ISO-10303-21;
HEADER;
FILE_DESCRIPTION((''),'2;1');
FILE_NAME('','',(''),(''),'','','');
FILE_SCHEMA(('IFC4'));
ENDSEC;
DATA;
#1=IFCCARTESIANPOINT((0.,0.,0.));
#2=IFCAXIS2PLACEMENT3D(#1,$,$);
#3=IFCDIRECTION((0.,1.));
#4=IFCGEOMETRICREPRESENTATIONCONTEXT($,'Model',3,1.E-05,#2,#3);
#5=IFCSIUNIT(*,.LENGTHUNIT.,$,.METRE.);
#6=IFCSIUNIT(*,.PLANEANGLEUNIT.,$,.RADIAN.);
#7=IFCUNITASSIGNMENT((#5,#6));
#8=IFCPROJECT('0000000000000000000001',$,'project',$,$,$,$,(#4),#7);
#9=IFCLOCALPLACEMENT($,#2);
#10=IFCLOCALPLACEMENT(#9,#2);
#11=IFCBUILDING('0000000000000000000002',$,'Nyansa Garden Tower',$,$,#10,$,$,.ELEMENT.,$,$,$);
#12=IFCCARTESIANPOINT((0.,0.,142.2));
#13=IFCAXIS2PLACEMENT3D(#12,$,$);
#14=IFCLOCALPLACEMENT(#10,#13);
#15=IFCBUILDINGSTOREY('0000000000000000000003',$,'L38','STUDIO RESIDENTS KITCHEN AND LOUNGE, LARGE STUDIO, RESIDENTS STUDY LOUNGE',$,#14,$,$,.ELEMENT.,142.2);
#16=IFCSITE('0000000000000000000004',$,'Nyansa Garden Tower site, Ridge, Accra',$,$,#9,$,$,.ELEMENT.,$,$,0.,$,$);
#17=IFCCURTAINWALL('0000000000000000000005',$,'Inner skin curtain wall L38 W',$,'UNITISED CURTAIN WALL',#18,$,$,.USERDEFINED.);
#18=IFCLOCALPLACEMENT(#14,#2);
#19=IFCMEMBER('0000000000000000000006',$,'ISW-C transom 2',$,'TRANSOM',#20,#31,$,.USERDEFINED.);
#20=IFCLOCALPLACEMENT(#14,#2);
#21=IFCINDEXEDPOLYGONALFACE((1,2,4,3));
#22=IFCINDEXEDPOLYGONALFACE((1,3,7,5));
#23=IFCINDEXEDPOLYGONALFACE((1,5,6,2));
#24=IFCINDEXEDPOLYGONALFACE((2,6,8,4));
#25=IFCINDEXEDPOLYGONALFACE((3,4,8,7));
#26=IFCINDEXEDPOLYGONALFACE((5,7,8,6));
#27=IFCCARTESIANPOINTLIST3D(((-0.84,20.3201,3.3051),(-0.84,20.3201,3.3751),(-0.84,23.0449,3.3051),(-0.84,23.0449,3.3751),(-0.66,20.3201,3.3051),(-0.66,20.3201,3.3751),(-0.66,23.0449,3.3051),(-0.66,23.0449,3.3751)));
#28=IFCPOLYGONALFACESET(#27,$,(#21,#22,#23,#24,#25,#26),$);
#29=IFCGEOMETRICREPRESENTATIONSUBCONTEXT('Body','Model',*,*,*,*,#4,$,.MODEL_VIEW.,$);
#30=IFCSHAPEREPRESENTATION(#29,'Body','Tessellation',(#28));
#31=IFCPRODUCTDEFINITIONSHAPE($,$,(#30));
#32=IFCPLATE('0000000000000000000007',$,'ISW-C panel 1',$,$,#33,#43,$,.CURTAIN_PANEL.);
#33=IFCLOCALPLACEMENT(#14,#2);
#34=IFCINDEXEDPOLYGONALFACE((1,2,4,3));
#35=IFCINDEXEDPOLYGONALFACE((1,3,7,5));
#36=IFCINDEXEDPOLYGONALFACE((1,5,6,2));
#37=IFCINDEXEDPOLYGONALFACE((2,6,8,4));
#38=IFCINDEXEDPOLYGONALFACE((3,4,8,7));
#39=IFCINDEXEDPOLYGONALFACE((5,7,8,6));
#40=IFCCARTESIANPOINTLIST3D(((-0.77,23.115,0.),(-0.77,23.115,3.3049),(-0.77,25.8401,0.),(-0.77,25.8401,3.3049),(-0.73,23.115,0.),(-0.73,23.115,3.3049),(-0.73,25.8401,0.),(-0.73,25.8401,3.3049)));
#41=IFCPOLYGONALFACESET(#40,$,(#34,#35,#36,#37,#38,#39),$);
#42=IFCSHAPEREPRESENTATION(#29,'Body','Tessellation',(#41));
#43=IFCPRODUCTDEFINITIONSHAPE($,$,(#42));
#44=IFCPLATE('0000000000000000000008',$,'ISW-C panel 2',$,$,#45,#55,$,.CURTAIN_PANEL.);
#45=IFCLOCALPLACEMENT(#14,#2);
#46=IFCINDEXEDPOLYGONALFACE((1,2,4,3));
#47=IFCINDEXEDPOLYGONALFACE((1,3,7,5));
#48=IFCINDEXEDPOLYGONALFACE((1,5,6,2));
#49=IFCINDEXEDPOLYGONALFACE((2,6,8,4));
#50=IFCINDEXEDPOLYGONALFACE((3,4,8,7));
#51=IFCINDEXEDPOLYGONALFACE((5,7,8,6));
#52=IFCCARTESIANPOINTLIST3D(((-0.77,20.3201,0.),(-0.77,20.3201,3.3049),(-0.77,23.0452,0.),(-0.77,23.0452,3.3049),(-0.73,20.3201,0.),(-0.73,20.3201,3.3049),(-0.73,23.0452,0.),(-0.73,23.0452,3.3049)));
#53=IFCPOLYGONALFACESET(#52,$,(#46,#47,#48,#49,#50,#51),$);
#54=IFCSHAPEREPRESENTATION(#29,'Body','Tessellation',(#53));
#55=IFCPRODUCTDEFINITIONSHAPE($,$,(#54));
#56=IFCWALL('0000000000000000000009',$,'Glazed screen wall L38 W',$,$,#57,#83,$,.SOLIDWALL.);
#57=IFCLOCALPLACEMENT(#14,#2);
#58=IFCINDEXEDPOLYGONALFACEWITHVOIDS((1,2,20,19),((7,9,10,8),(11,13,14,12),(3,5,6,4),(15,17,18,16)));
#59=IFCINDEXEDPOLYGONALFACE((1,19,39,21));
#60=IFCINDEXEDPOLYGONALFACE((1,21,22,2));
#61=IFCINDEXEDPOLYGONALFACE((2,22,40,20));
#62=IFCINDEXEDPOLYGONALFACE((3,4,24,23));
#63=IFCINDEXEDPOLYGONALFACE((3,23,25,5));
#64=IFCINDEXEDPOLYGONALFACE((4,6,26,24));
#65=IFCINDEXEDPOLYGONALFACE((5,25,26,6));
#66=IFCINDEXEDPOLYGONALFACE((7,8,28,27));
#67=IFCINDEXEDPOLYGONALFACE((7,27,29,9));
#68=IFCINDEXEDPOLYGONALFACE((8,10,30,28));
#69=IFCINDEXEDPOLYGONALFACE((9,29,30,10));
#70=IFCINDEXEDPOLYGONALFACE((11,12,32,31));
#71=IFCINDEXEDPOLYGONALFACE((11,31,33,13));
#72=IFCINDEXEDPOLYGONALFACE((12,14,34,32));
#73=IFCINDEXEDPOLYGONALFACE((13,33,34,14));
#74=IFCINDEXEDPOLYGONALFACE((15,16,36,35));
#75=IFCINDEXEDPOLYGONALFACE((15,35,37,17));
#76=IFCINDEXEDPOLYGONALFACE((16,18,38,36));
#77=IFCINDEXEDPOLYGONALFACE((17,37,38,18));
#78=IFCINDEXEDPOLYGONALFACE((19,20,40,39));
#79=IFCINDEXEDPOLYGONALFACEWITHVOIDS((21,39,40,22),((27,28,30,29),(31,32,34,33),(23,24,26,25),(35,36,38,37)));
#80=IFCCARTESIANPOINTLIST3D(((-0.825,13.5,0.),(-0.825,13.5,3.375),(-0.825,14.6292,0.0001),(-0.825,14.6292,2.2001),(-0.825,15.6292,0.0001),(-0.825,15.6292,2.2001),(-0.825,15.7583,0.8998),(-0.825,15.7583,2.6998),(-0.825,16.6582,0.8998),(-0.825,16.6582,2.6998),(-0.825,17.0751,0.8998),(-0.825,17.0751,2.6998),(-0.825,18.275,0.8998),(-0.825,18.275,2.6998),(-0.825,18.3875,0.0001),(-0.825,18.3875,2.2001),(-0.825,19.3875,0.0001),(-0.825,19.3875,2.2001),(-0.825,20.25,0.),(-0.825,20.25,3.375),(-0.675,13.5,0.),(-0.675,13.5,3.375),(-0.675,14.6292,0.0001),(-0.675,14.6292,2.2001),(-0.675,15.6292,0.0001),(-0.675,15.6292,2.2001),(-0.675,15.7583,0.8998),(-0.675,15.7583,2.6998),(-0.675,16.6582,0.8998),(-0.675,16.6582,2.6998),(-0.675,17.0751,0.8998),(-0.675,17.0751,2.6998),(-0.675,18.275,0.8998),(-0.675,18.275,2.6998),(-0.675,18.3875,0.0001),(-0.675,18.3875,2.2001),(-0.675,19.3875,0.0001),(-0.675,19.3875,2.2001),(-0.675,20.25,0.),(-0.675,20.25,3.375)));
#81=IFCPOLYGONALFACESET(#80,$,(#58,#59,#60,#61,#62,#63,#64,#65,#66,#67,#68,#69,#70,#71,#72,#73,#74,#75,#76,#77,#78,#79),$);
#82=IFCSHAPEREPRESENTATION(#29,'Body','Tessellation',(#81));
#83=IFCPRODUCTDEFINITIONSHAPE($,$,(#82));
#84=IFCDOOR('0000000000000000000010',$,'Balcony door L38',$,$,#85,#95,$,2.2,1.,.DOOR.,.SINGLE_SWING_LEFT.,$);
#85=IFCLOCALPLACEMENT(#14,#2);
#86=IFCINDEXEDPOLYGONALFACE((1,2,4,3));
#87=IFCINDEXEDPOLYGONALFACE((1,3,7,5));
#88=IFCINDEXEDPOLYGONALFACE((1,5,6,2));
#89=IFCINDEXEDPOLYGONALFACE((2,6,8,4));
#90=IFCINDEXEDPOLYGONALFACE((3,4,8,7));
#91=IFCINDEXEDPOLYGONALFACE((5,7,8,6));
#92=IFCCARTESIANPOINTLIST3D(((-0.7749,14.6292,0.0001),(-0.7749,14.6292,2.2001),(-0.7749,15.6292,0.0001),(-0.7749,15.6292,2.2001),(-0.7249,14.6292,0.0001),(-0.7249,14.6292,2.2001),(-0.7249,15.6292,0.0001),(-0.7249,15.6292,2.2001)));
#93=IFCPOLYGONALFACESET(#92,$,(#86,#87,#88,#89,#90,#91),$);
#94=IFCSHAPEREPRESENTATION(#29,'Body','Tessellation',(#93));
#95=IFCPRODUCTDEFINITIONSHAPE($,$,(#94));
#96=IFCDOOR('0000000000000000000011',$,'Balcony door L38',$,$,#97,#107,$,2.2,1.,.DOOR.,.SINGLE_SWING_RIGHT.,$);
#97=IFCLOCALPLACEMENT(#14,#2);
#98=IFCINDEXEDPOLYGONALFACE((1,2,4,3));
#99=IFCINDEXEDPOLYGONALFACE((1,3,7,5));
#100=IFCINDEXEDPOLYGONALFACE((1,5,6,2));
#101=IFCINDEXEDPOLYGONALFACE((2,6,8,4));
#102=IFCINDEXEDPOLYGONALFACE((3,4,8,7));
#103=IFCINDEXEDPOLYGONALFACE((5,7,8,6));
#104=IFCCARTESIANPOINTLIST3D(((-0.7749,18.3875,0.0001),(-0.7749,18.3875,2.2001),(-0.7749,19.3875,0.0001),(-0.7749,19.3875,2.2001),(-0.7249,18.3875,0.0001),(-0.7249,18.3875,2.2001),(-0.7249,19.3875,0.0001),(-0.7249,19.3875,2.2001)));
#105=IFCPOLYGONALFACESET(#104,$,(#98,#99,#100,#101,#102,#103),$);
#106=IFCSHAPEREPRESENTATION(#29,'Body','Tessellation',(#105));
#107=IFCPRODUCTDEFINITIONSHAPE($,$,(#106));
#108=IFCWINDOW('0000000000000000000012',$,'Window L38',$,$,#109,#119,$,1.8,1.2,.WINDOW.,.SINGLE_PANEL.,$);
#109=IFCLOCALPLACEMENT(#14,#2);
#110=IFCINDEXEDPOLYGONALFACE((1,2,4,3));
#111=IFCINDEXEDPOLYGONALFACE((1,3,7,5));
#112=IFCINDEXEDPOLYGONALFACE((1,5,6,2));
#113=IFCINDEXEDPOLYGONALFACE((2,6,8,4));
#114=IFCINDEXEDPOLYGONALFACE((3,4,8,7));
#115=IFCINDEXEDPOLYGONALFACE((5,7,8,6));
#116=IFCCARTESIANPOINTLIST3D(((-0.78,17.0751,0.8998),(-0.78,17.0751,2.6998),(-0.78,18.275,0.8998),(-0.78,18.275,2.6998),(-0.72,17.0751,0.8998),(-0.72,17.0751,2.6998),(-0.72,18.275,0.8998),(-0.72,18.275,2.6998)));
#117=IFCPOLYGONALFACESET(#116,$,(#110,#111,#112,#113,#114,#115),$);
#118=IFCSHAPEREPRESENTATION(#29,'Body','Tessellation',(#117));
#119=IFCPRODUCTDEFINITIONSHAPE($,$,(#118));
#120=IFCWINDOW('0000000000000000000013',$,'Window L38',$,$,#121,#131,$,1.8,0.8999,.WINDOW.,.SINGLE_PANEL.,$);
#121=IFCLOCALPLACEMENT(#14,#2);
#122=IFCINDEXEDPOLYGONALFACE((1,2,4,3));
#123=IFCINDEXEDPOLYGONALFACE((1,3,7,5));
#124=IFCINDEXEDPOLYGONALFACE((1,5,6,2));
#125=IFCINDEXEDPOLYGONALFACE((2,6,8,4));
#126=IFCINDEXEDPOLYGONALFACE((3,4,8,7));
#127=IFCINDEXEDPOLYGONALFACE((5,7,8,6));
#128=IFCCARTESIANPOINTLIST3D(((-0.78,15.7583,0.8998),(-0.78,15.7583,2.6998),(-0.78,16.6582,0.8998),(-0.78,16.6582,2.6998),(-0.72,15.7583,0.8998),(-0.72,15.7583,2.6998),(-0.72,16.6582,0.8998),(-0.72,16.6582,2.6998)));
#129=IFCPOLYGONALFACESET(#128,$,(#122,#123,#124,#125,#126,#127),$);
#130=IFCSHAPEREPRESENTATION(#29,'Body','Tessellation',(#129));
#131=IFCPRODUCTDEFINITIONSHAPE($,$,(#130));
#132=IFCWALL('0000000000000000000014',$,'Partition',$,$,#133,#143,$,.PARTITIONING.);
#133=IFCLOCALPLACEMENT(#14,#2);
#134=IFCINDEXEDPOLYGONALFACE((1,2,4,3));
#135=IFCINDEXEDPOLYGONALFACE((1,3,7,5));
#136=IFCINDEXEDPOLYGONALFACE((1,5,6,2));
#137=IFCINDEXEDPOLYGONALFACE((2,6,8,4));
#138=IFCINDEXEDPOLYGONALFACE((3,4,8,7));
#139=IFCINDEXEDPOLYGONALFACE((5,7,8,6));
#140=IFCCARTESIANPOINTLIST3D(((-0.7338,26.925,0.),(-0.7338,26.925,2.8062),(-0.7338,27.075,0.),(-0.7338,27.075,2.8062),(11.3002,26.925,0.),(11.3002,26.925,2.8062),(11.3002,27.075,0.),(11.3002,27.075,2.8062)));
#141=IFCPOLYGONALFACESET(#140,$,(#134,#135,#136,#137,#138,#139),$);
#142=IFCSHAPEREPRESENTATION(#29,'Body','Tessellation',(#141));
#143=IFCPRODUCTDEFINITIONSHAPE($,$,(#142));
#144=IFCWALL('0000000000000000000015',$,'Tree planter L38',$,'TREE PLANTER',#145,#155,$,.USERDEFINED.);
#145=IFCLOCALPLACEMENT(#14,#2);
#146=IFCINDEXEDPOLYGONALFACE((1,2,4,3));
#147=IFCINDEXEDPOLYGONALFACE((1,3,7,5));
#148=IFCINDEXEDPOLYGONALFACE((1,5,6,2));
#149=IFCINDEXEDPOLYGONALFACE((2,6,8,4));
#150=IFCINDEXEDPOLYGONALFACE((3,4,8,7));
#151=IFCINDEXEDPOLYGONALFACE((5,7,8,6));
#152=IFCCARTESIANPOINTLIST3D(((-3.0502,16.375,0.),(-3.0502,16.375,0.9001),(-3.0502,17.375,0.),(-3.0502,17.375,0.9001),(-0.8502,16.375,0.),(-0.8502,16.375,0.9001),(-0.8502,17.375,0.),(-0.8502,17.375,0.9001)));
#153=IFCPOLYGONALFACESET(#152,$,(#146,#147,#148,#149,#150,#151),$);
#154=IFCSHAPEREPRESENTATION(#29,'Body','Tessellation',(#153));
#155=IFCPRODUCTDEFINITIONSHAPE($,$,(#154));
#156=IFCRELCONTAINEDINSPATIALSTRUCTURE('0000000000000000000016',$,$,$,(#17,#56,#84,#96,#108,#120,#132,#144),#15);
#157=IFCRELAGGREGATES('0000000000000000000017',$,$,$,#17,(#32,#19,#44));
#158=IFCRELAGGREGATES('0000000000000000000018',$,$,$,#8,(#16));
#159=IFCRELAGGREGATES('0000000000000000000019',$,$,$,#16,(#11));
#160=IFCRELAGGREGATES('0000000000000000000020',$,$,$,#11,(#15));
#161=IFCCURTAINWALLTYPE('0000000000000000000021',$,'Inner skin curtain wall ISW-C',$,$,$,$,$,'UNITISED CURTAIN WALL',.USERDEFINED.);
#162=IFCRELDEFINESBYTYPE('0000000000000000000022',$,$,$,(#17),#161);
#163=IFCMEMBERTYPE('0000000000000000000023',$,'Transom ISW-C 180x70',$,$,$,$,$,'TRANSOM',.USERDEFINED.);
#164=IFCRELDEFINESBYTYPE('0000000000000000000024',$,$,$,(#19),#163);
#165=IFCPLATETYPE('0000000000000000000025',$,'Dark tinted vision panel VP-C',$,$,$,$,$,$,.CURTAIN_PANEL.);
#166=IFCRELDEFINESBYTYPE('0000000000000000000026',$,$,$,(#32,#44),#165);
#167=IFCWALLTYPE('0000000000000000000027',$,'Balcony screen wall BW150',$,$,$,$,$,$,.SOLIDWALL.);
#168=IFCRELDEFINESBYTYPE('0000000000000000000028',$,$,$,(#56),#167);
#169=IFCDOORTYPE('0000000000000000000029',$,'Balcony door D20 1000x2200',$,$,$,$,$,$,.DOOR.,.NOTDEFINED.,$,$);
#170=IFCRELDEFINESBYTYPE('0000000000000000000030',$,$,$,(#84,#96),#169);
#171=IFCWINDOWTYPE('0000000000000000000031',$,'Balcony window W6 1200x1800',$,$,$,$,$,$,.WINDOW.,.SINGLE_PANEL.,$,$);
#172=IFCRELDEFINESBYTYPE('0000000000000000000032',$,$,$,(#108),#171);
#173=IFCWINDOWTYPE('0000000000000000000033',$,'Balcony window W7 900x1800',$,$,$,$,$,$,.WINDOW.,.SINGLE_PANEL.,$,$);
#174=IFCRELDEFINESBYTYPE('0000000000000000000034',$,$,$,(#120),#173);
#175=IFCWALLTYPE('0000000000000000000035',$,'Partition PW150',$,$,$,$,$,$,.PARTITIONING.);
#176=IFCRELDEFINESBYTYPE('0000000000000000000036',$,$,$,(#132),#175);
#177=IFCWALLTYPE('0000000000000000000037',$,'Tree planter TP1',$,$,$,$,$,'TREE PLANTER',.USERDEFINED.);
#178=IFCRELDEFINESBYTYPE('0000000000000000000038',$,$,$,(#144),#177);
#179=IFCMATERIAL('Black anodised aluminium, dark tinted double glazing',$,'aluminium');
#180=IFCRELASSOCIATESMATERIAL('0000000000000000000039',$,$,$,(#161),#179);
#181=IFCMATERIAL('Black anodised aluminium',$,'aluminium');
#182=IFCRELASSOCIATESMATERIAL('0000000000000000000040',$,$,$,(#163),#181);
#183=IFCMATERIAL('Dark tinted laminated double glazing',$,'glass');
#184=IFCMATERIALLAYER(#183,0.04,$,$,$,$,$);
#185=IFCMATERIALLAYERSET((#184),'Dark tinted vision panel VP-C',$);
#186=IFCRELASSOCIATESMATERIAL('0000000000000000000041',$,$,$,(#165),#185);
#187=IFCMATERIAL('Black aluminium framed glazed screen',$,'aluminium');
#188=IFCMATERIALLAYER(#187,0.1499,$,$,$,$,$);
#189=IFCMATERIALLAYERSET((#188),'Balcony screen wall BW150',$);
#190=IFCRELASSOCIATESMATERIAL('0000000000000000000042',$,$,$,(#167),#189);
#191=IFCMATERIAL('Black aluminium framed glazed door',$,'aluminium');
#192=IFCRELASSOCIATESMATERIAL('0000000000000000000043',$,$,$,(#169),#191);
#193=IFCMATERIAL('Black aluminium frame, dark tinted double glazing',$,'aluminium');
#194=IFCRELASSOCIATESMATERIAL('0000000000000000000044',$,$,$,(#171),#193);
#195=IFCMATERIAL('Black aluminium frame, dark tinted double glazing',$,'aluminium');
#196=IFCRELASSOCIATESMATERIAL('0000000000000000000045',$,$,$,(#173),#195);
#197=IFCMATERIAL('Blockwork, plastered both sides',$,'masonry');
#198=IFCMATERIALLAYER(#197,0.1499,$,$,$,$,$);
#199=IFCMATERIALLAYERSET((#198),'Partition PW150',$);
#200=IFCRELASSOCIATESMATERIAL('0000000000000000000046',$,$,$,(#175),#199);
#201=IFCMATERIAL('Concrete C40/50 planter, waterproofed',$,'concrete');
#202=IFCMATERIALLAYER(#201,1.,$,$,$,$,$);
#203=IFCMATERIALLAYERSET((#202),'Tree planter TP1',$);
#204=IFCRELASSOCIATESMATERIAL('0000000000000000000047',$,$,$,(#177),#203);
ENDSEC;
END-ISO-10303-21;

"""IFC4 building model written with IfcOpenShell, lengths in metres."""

from ifc_helpers import new_model, si_unit, direction, frame, frame_2d, origin, origin_2d, place, context, subcontext, project, spatial, rectangle, extrude, material, layer, layer_set, material_profile, profile_set, type_object, element, fill, aggregate, save


model = new_model("IFC4")

# Units and contexts
model_context = context("Model", 3, precision=1e-05, world=origin(), true_north=direction((0.0, 1.0)))
body_context = subcontext(model_context, "Body", "Model", "MODEL_VIEW")
ifc_project = project(units=[si_unit("LENGTHUNIT", "METRE"), si_unit("PLANEANGLEUNIT", "RADIAN")], contexts=[model_context])

# Site, building, storey
site_placement = place(None, origin())
site = spatial("IfcSite", under=ifc_project, at=site_placement, Name="Nyansa Garden Tower site, Ridge, Accra", CompositionType="ELEMENT", RefElevation=0.0)
building_placement = place(site_placement, origin())
building = spatial("IfcBuilding", under=site, at=building_placement, Name="Nyansa Garden Tower", CompositionType="ELEMENT")
storey_placement = place(building_placement, frame((0.0, 0.0, 142.2)))
storey = spatial("IfcBuildingStorey", under=building, at=storey_placement, Name="L38", Description="STUDIO RESIDENTS KITCHEN AND LOUNGE, LARGE STUDIO, RESIDENTS STUDY LOUNGE", CompositionType="ELEMENT", Elevation=142.2)

# Curtain wall
ifc_material_1 = material(Name="Black anodised aluminium, dark tinted double glazing", Category="aluminium")
curtain_wall_type = type_object("IfcCurtainWallType", Name="Inner skin curtain wall ISW-C", ElementType="UNITISED CURTAIN WALL", PredefinedType="USERDEFINED", material=ifc_material_1)
curtain_wall_placement = place(storey_placement, origin())
curtain_wall = element("IfcCurtainWall", 1, at=curtain_wall_placement, inside=storey, type_object=curtain_wall_type, Name="Inner skin curtain wall L38 W", ObjectType="UNITISED CURTAIN WALL", PredefinedType="USERDEFINED")

# Member
ifc_material_2 = material(Name="Black anodised aluminium", Category="aluminium")
ifc_material_profile_1 = material_profile(ifc_material_2, rectangle(XDim=0.1799, YDim=0.0701, at=origin_2d()), Name="Transom 180x70")
ifc_profile_set_1 = profile_set([ifc_material_profile_1], Name="Black anodised aluminium")
member_type_1 = type_object("IfcMemberType", Name="Transom ISW-C 180x70", ElementType="TRANSOM", PredefinedType="USERDEFINED", material=ifc_profile_set_1)
member_1_placement = place(storey_placement, frame((-0.75, 23.0449, 3.3401), z_axis=(0.0, -1.0, 0.0), x_axis=(1.0, 0.0, 0.0)))
member_1 = element("IfcMember", 2, at=member_1_placement, type_object=member_type_1, Name="ISW-C transom 2", ObjectType="TRANSOM", PredefinedType="USERDEFINED", context=body_context, shape_type="SweptSolid", body=[
    extrude(rectangle(XDim=0.1799, YDim=0.0701, at=origin_2d()), origin(), (0.0, 0.0, 1.0), 2.7249),
])

# Plates
ifc_material_3 = material(Name="Dark tinted laminated double glazing", Category="glass")
ifc_layer_1 = layer(ifc_material_3, 0.04)
ifc_layer_set_1 = layer_set([ifc_layer_1], Name="Dark tinted vision panel VP-C")
plate_type = type_object("IfcPlateType", Name="Dark tinted vision panel VP-C", PredefinedType="CURTAIN_PANEL", material=ifc_layer_set_1)
plate_1_placement = place(storey_placement, frame((-0.75, 24.4775, 0.0), z_axis=(0.0, 0.0, 1.0), x_axis=(0.0, -1.0, 0.0)))
plate_1 = element("IfcPlate", 3, at=plate_1_placement, type_object=plate_type, Name="ISW-C panel 1", PredefinedType="CURTAIN_PANEL", context=body_context, shape_type="SweptSolid", body=[
    extrude(rectangle(XDim=2.7251, YDim=0.04, at=origin_2d()), origin(), (0.0, 0.0, 1.0), 3.3049),
])
plate_2_placement = place(storey_placement, frame((-0.75, 21.6826, 0.0), z_axis=(0.0, 0.0, 1.0), x_axis=(0.0, -1.0, 0.0)))
plate_2 = element("IfcPlate", 4, at=plate_2_placement, type_object=plate_type, Name="ISW-C panel 2", PredefinedType="CURTAIN_PANEL", context=body_context, shape_type="SweptSolid", body=[
    extrude(rectangle(XDim=2.7251, YDim=0.04, at=origin_2d()), origin(), (0.0, 0.0, 1.0), 3.3049),
])
aggregate(curtain_wall, [plate_1, member_1, plate_2])

# Wall, openings, doors, windows
ifc_material_4 = material(Name="Black aluminium framed glazed screen", Category="aluminium")
ifc_layer_2 = layer(ifc_material_4, 0.1499)
ifc_layer_set_2 = layer_set([ifc_layer_2], Name="Balcony screen wall BW150")
wall_type_1 = type_object("IfcWallType", Name="Balcony screen wall BW150", PredefinedType="SOLIDWALL", material=ifc_layer_set_2)
wall_1_placement = place(storey_placement, frame((-0.75, 13.5, 0.0), z_axis=(0.0, 0.0, 1.0), x_axis=(0.0, 1.0, 0.0)))
wall_1 = element("IfcWall", 5, at=wall_1_placement, inside=storey, type_object=wall_type_1, Name="Glazed screen wall L38 W", PredefinedType="SOLIDWALL", context=body_context, shape_type="SweptSolid", body=[
    extrude(rectangle(XDim=6.75, YDim=0.1499, at=frame_2d((3.375, 0.0))), origin(), (0.0, 0.0, 1.0), 3.375),
])
opening_1_placement = place(wall_1_placement, frame((1.1292, 0.0, 0.0)))
opening_1 = element("IfcOpeningElement", 6, at=opening_1_placement, cuts=wall_1, PredefinedType="OPENING", context=body_context, shape_type="SweptSolid", body=[
    extrude(rectangle(XDim=1.0, YDim=2.2, at=frame_2d((0.5, 1.1001))), frame((0.0, 0.085, 0.0), z_axis=(0.0, -1.0, 0.0), x_axis=(1.0, 0.0, 0.0)), (0.0, 0.0, 1.0), 0.1699),
])
opening_2_placement = place(wall_1_placement, frame((2.2583, 0.0, 0.8999)))
opening_2 = element("IfcOpeningElement", 7, at=opening_2_placement, cuts=wall_1, PredefinedType="OPENING", context=body_context, shape_type="SweptSolid", body=[
    extrude(rectangle(XDim=0.8999, YDim=1.8, at=frame_2d((0.45, 0.8999))), frame((0.0, 0.085, 0.0), z_axis=(0.0, -1.0, 0.0), x_axis=(1.0, 0.0, 0.0)), (0.0, 0.0, 1.0), 0.1699),
])
opening_3_placement = place(wall_1_placement, frame((4.8875, 0.0, 0.0)))
opening_3 = element("IfcOpeningElement", 8, at=opening_3_placement, cuts=wall_1, PredefinedType="OPENING", context=body_context, shape_type="SweptSolid", body=[
    extrude(rectangle(XDim=1.0, YDim=2.2, at=frame_2d((0.5, 1.1001))), frame((0.0, 0.085, 0.0), z_axis=(0.0, -1.0, 0.0), x_axis=(1.0, 0.0, 0.0)), (0.0, 0.0, 1.0), 0.1699),
])
opening_4_placement = place(wall_1_placement, frame((3.575, 0.0, 0.8999)))
opening_4 = element("IfcOpeningElement", 9, at=opening_4_placement, cuts=wall_1, PredefinedType="OPENING", context=body_context, shape_type="SweptSolid", body=[
    extrude(rectangle(XDim=1.2, YDim=1.8, at=frame_2d((0.6001, 0.8999))), frame((0.0, 0.085, 0.0), z_axis=(0.0, -1.0, 0.0), x_axis=(1.0, 0.0, 0.0)), (0.0, 0.0, 1.0), 0.1699),
])
ifc_material_5 = material(Name="Black aluminium framed glazed door", Category="aluminium")
door_type_1 = type_object("IfcDoorType", Name="Balcony door D20 1000x2200", OperationType="NOTDEFINED", PredefinedType="DOOR", material=ifc_material_5)
door_1_placement = place(opening_1_placement, origin())
door_1 = element("IfcDoor", 10, at=door_1_placement, inside=storey, type_object=door_type_1, Name="Balcony door L38", OperationType="SINGLE_SWING_LEFT", OverallHeight=2.2, OverallWidth=1.0, PredefinedType="DOOR", context=body_context, shape_type="SweptSolid", body=[
    extrude(rectangle(XDim=1.0, YDim=2.2, at=frame_2d((0.5, 1.1001))), frame((0.0, 0.0249, 0.0), z_axis=(0.0, -1.0, 0.0), x_axis=(1.0, 0.0, 0.0)), (0.0, 0.0, 1.0), 0.05),
])
fill(opening_1, door_1)
door_2_placement = place(opening_3_placement, origin())
door_2 = element("IfcDoor", 11, at=door_2_placement, inside=storey, type_object=door_type_1, Name="Balcony door L38", OperationType="SINGLE_SWING_RIGHT", OverallHeight=2.2, OverallWidth=1.0, PredefinedType="DOOR", context=body_context, shape_type="SweptSolid", body=[
    extrude(rectangle(XDim=1.0, YDim=2.2, at=frame_2d((0.5, 1.1001))), frame((0.0, 0.0249, 0.0), z_axis=(0.0, -1.0, 0.0), x_axis=(1.0, 0.0, 0.0)), (0.0, 0.0, 1.0), 0.05),
])
fill(opening_3, door_2)
ifc_material_6 = material(Name="Black aluminium frame, dark tinted double glazing", Category="aluminium")
window_type_1 = type_object("IfcWindowType", Name="Balcony window W6 1200x1800", PartitioningType="SINGLE_PANEL", PredefinedType="WINDOW", material=ifc_material_6)
window_1_placement = place(opening_4_placement, origin())
window_1 = element("IfcWindow", 12, at=window_1_placement, inside=storey, type_object=window_type_1, Name="Window L38", OverallHeight=1.8, OverallWidth=1.2, PartitioningType="SINGLE_PANEL", PredefinedType="WINDOW", context=body_context, shape_type="SweptSolid", body=[
    extrude(rectangle(XDim=1.2, YDim=1.8, at=frame_2d((0.6001, 0.8999))), frame((0.0, 0.03, 0.0), z_axis=(0.0, -1.0, 0.0), x_axis=(1.0, 0.0, 0.0)), (0.0, 0.0, 1.0), 0.0601),
])
fill(opening_4, window_1)
ifc_material_7 = material(Name="Black aluminium frame, dark tinted double glazing", Category="aluminium")
window_type_2 = type_object("IfcWindowType", Name="Balcony window W7 900x1800", PartitioningType="SINGLE_PANEL", PredefinedType="WINDOW", material=ifc_material_7)
window_2_placement = place(opening_2_placement, origin())
window_2 = element("IfcWindow", 13, at=window_2_placement, inside=storey, type_object=window_type_2, Name="Window L38", OverallHeight=1.8, OverallWidth=0.8999, PartitioningType="SINGLE_PANEL", PredefinedType="WINDOW", context=body_context, shape_type="SweptSolid", body=[
    extrude(rectangle(XDim=0.8999, YDim=1.8, at=frame_2d((0.45, 0.8999))), frame((0.0, 0.03, 0.0), z_axis=(0.0, -1.0, 0.0), x_axis=(1.0, 0.0, 0.0)), (0.0, 0.0, 1.0), 0.0601),
])
fill(opening_2, window_2)

# Walls
ifc_material_8 = material(Name="Blockwork, plastered both sides", Category="masonry")
ifc_layer_3 = layer(ifc_material_8, 0.1499)
ifc_layer_set_3 = layer_set([ifc_layer_3], Name="Partition PW150")
wall_type_2 = type_object("IfcWallType", Name="Partition PW150", PredefinedType="PARTITIONING", material=ifc_layer_set_3)
wall_2_placement = place(storey_placement, frame((-0.7339, 27.0, 0.0), z_axis=(0.0, 0.0, 1.0), x_axis=(1.0, 0.0, 0.0)))
element("IfcWall", 14, at=wall_2_placement, inside=storey, type_object=wall_type_2, Name="Partition", PredefinedType="PARTITIONING", context=body_context, shape_type="SweptSolid", body=[
    extrude(rectangle(XDim=12.0339, YDim=0.1499, at=frame_2d((6.0171, 0.0))), origin(), (0.0, 0.0, 1.0), 2.8062),
])
ifc_material_9 = material(Name="Concrete C40/50 planter, waterproofed", Category="concrete")
ifc_layer_4 = layer(ifc_material_9, 1.0)
ifc_layer_set_4 = layer_set([ifc_layer_4], Name="Tree planter TP1")
wall_type_3 = type_object("IfcWallType", Name="Tree planter TP1", ElementType="TREE PLANTER", PredefinedType="USERDEFINED", material=ifc_layer_set_4)
wall_3_placement = place(storey_placement, frame((-0.8501, 16.875, 0.0), z_axis=(0.0, 0.0, 1.0), x_axis=(-1.0, 0.0, 0.0)))
element("IfcWall", 15, at=wall_3_placement, inside=storey, type_object=wall_type_3, Name="Tree planter L38", ObjectType="TREE PLANTER", PredefinedType="USERDEFINED", context=body_context, shape_type="SweptSolid", body=[
    extrude(rectangle(XDim=2.2, YDim=1.0, at=frame_2d((1.1001, 0.0))), origin(), (0.0, 0.0, 1.0), 0.9001),
])

save(model, "model.ifc")
